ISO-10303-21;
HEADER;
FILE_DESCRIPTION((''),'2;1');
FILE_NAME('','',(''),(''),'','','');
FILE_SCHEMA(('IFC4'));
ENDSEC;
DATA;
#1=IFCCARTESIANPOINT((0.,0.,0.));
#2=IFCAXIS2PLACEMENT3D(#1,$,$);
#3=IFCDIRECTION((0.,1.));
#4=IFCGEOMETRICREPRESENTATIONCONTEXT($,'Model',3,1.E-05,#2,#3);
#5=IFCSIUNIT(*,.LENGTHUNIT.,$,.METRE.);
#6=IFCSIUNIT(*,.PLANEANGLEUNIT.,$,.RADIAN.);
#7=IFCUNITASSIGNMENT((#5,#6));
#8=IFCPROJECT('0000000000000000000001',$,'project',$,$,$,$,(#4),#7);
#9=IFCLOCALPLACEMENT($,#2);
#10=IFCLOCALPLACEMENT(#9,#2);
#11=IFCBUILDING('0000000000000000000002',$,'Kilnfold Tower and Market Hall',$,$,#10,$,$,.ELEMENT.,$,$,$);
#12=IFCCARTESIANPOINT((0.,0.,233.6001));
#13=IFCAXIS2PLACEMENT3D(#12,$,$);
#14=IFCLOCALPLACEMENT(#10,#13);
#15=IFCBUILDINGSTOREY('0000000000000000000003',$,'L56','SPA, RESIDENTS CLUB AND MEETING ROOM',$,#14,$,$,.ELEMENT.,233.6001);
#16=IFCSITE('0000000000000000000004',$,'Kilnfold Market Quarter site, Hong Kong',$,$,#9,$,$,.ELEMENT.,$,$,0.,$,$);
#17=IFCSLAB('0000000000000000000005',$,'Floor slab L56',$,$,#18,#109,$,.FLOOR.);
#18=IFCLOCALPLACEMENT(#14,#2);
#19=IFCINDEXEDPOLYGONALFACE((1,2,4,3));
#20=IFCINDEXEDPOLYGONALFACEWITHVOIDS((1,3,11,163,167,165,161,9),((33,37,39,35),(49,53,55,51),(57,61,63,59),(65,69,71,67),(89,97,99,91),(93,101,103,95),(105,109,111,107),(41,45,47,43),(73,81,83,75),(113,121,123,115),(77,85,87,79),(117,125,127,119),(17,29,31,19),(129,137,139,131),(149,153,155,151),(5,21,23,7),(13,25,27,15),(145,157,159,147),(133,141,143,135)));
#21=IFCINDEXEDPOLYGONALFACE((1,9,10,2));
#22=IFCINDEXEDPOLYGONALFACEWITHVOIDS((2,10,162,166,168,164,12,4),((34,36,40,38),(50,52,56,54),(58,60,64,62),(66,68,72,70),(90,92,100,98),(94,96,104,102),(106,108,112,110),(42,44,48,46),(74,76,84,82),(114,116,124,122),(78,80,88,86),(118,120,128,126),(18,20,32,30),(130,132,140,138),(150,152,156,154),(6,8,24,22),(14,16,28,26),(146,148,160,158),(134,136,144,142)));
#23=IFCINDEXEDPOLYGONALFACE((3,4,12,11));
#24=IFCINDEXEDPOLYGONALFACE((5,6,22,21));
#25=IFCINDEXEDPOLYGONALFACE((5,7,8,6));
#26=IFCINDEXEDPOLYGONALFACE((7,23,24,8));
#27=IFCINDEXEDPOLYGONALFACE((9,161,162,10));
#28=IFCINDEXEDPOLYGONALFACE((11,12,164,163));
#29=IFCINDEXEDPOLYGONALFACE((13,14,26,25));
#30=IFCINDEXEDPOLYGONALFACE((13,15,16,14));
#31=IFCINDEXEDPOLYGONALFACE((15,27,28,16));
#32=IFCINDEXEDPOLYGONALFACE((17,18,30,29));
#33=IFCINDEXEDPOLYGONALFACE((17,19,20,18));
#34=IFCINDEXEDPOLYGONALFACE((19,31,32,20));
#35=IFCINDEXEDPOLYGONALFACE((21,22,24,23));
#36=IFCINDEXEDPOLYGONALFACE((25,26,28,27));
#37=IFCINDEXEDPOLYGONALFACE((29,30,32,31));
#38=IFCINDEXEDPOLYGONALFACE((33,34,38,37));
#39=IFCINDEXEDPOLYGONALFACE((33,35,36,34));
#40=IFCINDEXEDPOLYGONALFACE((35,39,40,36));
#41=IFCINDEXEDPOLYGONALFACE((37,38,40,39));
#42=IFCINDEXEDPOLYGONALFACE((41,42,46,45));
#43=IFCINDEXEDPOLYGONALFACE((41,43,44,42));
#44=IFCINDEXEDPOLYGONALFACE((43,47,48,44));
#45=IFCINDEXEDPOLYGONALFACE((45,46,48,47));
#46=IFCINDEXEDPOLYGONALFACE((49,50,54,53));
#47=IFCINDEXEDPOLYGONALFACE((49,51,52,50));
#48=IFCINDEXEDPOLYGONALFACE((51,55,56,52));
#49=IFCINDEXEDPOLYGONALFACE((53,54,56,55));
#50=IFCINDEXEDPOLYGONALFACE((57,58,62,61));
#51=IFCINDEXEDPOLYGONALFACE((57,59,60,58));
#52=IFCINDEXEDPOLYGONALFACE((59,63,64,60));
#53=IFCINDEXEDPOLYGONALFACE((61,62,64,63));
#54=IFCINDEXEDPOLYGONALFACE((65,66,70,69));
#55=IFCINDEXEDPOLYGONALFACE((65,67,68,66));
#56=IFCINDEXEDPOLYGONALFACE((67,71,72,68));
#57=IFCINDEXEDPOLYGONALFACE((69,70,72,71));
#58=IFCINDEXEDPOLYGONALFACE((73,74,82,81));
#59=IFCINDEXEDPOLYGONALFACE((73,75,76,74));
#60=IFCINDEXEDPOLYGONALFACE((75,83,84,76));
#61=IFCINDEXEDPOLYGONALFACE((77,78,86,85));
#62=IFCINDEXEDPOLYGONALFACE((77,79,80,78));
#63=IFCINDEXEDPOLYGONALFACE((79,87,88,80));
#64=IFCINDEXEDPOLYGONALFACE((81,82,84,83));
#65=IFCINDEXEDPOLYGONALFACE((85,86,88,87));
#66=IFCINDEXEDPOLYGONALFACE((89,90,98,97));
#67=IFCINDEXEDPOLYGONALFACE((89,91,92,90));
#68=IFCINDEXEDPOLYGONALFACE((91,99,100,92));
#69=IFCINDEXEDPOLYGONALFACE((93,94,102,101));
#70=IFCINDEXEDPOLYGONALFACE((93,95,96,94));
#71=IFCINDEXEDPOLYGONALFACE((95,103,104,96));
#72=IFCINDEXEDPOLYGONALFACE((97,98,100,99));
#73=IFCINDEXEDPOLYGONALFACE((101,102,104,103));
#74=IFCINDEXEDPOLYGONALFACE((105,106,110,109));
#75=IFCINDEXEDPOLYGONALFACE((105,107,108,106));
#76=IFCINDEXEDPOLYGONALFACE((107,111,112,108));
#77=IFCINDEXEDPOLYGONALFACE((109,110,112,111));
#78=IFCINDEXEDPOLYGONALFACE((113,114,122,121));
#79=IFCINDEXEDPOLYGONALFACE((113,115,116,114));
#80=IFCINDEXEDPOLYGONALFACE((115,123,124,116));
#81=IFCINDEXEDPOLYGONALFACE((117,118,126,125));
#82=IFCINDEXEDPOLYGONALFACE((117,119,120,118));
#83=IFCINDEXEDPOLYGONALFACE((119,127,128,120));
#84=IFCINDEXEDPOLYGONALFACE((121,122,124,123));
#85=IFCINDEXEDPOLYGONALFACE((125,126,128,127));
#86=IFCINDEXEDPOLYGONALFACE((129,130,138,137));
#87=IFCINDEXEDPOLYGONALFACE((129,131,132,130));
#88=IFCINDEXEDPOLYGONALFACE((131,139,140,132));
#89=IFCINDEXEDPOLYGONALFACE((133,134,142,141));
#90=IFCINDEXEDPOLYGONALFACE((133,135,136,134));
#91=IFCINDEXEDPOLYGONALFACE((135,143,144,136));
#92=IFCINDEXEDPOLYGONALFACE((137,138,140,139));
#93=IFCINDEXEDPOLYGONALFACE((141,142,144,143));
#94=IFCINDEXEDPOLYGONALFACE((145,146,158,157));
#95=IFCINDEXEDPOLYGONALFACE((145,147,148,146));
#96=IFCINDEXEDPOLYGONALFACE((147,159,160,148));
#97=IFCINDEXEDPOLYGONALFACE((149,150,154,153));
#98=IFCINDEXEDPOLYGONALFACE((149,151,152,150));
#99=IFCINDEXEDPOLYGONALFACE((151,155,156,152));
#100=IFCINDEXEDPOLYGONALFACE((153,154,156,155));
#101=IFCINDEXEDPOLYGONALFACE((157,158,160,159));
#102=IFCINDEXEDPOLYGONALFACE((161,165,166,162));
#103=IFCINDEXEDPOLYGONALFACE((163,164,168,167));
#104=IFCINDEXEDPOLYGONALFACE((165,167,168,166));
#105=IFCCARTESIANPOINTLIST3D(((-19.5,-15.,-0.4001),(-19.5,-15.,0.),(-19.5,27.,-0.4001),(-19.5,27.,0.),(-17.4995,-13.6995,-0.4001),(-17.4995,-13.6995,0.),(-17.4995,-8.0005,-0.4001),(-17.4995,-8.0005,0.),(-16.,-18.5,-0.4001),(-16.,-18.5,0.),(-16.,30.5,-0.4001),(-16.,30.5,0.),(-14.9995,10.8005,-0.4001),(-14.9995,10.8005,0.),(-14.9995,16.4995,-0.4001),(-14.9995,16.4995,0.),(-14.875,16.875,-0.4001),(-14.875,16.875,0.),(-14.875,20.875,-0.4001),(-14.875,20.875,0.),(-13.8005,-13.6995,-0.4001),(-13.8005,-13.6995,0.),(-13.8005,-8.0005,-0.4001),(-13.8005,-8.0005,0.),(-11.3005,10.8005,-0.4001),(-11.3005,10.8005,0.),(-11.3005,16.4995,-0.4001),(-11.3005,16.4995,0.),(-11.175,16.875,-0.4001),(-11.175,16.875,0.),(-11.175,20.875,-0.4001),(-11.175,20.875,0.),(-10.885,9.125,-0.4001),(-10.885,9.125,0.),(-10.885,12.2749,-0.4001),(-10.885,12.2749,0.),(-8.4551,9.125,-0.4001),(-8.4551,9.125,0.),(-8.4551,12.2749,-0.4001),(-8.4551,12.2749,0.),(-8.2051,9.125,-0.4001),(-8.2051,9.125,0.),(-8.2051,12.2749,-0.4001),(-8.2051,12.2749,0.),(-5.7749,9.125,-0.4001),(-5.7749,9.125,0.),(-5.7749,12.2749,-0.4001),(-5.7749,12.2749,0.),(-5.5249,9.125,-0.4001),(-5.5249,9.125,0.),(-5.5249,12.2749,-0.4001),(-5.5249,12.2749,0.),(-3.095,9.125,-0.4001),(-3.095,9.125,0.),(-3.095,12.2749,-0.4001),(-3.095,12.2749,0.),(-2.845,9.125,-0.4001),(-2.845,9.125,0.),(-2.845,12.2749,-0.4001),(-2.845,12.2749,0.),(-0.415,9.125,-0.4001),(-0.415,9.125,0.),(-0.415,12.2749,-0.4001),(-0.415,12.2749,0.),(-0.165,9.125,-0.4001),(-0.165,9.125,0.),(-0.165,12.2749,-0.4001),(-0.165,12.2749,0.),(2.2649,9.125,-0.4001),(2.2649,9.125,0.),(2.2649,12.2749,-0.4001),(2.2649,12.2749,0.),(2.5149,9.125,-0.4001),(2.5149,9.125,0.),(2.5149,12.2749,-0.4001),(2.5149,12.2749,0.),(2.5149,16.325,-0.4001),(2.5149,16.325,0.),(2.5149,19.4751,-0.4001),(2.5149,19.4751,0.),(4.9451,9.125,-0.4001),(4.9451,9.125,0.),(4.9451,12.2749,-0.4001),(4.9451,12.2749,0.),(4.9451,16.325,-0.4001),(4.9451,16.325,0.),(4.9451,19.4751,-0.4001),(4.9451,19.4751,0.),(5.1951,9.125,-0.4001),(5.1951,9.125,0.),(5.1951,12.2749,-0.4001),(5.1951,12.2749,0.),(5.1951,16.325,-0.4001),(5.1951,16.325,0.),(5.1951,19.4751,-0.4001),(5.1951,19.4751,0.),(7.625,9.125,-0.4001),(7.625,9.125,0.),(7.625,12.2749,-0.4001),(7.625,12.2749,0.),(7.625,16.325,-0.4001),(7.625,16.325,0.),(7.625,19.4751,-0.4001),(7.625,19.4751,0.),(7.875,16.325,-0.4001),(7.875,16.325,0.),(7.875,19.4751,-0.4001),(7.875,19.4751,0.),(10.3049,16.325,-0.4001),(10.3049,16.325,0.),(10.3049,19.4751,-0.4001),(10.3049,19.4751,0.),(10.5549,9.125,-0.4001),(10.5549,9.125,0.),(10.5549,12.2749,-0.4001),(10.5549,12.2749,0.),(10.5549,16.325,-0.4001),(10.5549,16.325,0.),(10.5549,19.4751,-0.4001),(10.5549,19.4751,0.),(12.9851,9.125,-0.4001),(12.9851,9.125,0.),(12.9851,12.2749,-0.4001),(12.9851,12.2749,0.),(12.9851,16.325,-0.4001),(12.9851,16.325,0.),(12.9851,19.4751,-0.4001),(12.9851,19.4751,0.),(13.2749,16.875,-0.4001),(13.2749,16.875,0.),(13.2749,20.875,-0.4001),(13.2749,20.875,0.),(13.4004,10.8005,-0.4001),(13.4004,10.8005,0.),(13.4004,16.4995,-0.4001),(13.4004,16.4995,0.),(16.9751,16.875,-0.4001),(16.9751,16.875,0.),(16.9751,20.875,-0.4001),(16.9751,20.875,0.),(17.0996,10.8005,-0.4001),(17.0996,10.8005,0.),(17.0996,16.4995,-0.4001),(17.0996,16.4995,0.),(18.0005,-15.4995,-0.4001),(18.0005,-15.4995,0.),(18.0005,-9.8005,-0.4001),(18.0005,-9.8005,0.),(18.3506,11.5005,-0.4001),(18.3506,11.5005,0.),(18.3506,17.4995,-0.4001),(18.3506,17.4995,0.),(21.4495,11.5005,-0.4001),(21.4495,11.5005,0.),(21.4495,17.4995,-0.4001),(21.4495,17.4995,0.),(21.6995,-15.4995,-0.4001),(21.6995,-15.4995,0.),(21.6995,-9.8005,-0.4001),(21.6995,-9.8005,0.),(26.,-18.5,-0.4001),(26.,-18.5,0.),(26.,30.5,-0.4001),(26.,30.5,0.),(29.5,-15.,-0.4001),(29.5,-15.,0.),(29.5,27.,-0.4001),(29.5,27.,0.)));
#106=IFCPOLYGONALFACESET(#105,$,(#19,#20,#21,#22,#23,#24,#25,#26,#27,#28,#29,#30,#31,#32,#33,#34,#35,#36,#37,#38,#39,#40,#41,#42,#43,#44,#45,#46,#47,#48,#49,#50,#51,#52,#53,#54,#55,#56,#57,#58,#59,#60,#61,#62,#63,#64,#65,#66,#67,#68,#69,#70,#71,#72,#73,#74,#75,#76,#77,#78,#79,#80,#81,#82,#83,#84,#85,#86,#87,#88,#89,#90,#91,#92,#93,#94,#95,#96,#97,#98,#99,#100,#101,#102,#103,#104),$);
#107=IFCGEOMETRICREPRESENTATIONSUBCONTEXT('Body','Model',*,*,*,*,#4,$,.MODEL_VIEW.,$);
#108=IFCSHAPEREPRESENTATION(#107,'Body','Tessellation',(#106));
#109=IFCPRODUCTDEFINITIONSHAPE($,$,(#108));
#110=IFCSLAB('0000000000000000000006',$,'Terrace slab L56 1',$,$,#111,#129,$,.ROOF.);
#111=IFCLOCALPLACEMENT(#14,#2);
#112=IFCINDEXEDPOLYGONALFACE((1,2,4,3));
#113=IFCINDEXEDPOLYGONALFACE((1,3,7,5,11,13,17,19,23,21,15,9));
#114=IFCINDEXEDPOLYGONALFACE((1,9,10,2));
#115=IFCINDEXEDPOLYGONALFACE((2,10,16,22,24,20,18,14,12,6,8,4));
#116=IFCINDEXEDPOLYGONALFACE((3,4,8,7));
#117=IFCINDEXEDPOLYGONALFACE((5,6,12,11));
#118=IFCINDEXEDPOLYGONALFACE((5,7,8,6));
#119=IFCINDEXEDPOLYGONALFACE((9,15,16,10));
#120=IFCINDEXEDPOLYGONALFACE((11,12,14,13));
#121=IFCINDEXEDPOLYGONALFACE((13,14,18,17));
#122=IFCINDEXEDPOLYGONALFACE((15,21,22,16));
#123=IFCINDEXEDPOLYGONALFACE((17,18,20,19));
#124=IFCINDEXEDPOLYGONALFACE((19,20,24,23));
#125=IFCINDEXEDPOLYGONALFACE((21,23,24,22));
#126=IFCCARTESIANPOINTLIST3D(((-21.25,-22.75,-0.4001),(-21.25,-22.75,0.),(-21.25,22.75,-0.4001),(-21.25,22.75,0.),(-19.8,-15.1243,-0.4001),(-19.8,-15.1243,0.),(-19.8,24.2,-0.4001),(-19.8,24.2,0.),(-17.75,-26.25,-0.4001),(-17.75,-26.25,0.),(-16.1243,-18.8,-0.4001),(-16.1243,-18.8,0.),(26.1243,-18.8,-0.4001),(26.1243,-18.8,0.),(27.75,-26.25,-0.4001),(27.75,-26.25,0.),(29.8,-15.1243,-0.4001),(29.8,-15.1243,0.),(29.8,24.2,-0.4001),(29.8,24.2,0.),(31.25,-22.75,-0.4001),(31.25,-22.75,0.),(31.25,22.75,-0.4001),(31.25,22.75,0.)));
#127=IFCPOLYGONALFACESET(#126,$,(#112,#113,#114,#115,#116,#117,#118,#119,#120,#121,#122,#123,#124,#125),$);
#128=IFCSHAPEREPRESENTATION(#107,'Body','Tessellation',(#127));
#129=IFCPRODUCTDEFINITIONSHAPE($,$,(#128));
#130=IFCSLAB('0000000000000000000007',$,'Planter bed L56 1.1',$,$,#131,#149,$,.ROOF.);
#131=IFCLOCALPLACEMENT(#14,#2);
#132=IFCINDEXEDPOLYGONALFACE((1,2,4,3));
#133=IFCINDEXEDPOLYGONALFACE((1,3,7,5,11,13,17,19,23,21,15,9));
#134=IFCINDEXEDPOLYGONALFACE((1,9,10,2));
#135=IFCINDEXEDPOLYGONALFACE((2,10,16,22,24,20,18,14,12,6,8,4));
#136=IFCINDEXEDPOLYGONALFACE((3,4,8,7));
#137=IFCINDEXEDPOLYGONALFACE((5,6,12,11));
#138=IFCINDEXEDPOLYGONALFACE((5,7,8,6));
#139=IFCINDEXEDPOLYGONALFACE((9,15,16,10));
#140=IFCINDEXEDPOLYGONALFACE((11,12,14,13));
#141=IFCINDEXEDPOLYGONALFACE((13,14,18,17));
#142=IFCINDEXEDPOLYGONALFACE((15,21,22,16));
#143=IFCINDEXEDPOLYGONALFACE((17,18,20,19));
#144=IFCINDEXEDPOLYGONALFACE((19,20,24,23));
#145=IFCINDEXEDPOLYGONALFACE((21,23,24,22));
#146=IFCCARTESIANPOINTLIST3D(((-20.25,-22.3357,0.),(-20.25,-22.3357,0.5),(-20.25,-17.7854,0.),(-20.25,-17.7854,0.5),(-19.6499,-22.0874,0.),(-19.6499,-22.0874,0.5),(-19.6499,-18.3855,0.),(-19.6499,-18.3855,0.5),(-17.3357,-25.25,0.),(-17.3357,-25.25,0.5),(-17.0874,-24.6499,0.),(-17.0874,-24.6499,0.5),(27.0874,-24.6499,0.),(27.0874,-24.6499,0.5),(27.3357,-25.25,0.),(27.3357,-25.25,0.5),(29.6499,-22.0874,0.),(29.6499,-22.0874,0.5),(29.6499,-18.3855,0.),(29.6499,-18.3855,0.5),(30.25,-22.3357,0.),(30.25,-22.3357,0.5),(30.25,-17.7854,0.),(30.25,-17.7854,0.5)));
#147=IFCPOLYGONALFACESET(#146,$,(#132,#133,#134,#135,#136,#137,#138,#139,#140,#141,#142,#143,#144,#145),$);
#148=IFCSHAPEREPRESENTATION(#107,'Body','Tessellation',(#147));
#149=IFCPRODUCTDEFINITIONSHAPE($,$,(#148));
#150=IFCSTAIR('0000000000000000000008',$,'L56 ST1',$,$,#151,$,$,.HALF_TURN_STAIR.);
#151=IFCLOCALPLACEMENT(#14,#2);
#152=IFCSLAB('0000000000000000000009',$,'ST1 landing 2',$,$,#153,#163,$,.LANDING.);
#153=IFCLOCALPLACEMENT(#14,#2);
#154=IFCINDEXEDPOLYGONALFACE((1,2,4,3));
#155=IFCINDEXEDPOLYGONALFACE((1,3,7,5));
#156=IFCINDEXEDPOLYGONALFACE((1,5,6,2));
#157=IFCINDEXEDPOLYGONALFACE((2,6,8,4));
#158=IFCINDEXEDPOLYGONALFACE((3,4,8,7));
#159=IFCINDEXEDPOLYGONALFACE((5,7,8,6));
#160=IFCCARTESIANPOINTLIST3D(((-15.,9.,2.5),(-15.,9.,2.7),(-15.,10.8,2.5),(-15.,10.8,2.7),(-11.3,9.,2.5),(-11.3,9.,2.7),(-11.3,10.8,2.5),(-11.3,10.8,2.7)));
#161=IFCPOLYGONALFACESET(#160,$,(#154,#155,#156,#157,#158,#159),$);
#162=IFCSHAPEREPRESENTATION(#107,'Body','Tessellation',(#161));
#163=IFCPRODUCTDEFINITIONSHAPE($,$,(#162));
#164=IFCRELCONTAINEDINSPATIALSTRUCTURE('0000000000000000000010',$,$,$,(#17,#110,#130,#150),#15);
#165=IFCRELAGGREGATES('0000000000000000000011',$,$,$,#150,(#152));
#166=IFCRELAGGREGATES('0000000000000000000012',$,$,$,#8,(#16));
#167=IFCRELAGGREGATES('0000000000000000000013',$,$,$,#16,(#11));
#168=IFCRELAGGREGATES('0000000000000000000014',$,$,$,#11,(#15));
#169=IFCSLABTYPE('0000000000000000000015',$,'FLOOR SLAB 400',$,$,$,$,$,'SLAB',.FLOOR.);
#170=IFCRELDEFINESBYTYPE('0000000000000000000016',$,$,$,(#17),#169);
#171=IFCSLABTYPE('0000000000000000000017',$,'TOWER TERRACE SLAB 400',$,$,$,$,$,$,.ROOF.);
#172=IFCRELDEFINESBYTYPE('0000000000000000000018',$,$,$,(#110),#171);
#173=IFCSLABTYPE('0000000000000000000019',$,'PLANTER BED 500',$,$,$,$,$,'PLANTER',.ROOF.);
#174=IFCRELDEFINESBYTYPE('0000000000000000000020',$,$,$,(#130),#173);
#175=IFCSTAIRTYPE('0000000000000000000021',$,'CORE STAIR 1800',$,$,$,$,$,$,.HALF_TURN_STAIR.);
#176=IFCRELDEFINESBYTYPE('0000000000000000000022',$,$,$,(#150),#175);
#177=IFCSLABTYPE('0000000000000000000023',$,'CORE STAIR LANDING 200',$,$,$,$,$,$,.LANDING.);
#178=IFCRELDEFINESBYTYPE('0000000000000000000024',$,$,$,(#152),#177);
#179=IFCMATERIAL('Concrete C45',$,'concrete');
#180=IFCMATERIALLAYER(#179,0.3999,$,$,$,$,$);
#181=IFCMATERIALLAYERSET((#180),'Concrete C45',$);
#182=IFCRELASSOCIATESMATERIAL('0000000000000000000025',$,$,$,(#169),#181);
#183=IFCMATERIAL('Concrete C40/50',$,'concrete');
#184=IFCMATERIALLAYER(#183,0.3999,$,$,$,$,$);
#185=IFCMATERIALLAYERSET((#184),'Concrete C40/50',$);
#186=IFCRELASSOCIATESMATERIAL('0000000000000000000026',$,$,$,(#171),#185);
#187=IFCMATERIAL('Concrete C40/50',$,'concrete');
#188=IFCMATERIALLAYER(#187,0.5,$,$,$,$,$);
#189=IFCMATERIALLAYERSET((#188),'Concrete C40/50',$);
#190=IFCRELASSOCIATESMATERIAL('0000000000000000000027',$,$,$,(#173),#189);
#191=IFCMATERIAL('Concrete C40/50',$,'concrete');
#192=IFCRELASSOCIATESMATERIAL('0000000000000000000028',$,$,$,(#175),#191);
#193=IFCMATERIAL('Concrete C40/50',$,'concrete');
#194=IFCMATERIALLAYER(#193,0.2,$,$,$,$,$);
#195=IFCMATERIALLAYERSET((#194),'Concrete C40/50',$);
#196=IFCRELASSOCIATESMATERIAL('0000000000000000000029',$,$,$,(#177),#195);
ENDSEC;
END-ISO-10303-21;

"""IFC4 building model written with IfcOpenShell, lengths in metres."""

from ifc_helpers import new_model, si_unit, direction, frame, origin, place, context, subcontext, project, spatial, polyline, outline, extrude, source, transform, mapped, material, layer, layer_set, type_object, element, aggregate, save


model = new_model("IFC4")

# Units and contexts
model_context = context("Model", 3, precision=1e-05, world=origin(), true_north=direction((0.0, 1.0)))
body_context = subcontext(model_context, "Body", "Model", "MODEL_VIEW")
ifc_project = project(units=[si_unit("LENGTHUNIT", "METRE"), si_unit("PLANEANGLEUNIT", "RADIAN")], contexts=[model_context])

# Site, building, storey
site_placement = place(None, origin())
site = spatial("IfcSite", under=ifc_project, at=site_placement, Name="Kilnfold Market Quarter site, Hong Kong", CompositionType="ELEMENT", RefElevation=0.0)
building_placement = place(site_placement, origin())
building = spatial("IfcBuilding", under=site, at=building_placement, Name="Kilnfold Tower and Market Hall", CompositionType="ELEMENT")
storey_placement = place(building_placement, frame((0.0, 0.0, 233.6001)))
storey = spatial("IfcBuildingStorey", under=building, at=storey_placement, Name="L56", Description="SPA, RESIDENTS CLUB AND MEETING ROOM", CompositionType="ELEMENT", Elevation=233.6001)

# Slabs
ifc_material_1 = material(Name="Concrete C45", Category="concrete")
ifc_layer_1 = layer(ifc_material_1, 0.3999)
ifc_layer_set_1 = layer_set([ifc_layer_1], Name="Concrete C45")
slab_type_1 = type_object("IfcSlabType", Name="FLOOR SLAB 400", ElementType="SLAB", PredefinedType="FLOOR", material=ifc_layer_set_1)
shared_shape_1 = source(origin(), body_context, "Body", "SweptSolid", [
    extrude(outline(polyline([(-16.0, -18.5), (26.0, -18.5), (29.5, -15.0), (29.5, 27.0), (26.0, 30.5), (-16.0, 30.5), (-19.5, 27.0), (-19.5, -15.0), (-16.0, -18.5)]), holes=[polyline([(-13.8005, -13.6995), (-17.4995, -13.6995), (-17.4995, -8.0005), (-13.8005, -8.0005), (-13.8005, -13.6995)]), polyline([(-14.9995, 10.8005), (-14.9995, 16.4995), (-11.3005, 16.4995), (-11.3005, 10.8005), (-14.9995, 10.8005)]), polyline([(-11.175, 16.875), (-14.875, 16.875), (-14.875, 20.875), (-11.175, 20.875), (-11.175, 16.875)]), polyline([(-8.4551, 9.125), (-10.885, 9.125), (-10.885, 12.2749), (-8.4551, 12.2749), (-8.4551, 9.125)]), polyline([(-5.7749, 9.125), (-8.2051, 9.125), (-8.2051, 12.2749), (-5.7749, 12.2749), (-5.7749, 9.125)]), polyline([(-3.095, 9.125), (-5.5249, 9.125), (-5.5249, 12.2749), (-3.095, 12.2749), (-3.095, 9.125)]), polyline([(-0.415, 9.125), (-2.845, 9.125), (-2.845, 12.2749), (-0.415, 12.2749), (-0.415, 9.125)]), polyline([(2.2649, 9.125), (-0.165, 9.125), (-0.165, 12.2749), (2.2649, 12.2749), (2.2649, 9.125)]), polyline([(4.9451, 9.125), (2.5149, 9.125), (2.5149, 12.2749), (4.9451, 12.2749), (4.9451, 9.125)]), polyline([(2.5149, 16.325), (2.5149, 19.4751), (4.9451, 19.4751), (4.9451, 16.325), (2.5149, 16.325)]), polyline([(7.625, 9.125), (5.1951, 9.125), (5.1951, 12.2749), (7.625, 12.2749), (7.625, 9.125)]), polyline([(7.625, 16.325), (5.1951, 16.325), (5.1951, 19.4751), (7.625, 19.4751), (7.625, 16.325)]), polyline([(10.3049, 16.325), (7.875, 16.325), (7.875, 19.4751), (10.3049, 19.4751), (10.3049, 16.325)]), polyline([(10.5549, 9.125), (10.5549, 12.2749), (12.9851, 12.2749), (12.9851, 9.125), (10.5549, 9.125)]), polyline([(10.5549, 16.325), (10.5549, 19.4751), (12.9851, 19.4751), (12.9851, 16.325), (10.5549, 16.325)]), polyline([(13.2749, 16.875), (13.2749, 20.875), (16.9751, 20.875), (16.9751, 16.875), (13.2749, 16.875)]), polyline([(13.4004, 10.8005), (13.4004, 16.4995), (17.0996, 16.4995), (17.0996, 10.8005), (13.4004, 10.8005)]), polyline([(18.0005, -9.8005), (21.6995, -9.8005), (21.6995, -15.4995), (18.0005, -15.4995), (18.0005, -9.8005)]), polyline([(21.4495, 11.5005), (18.3506, 11.5005), (18.3506, 17.4995), (21.4495, 17.4995), (21.4495, 11.5005)])]), origin(), (0.0, 0.0, 1.0), 0.4001),
])
slab_1_placement = place(storey_placement, frame((0.0, 0.0, -0.4001)))
element("IfcSlab", 1, at=slab_1_placement, inside=storey, type_object=slab_type_1, Name="Floor slab L56", PredefinedType="FLOOR", context=body_context, shape_type="MappedRepresentation", body=[
    mapped(shared_shape_1, transform((0.0, 0.0, 0.0))),
])
ifc_material_2 = material(Name="Concrete C40/50", Category="concrete")
ifc_layer_2 = layer(ifc_material_2, 0.3999)
ifc_layer_set_2 = layer_set([ifc_layer_2], Name="Concrete C40/50")
slab_type_2 = type_object("IfcSlabType", Name="TOWER TERRACE SLAB 400", PredefinedType="ROOF", material=ifc_layer_set_2)
shared_shape_2 = source(origin(), body_context, "Body", "SweptSolid", [
    extrude(outline(polyline([(31.25, 22.75), (31.25, -22.75), (27.75, -26.25), (-17.75, -26.25), (-21.25, -22.75), (-21.25, 22.75), (-19.8, 24.2), (-19.8, -15.1243), (-16.1243, -18.8), (26.1243, -18.8), (29.8, -15.1243), (29.8, 24.2), (31.25, 22.75)])), origin(), (0.0, 0.0, 1.0), 0.4001),
])
slab_2_placement = place(storey_placement, frame((0.0, 0.0, -0.4001)))
element("IfcSlab", 2, at=slab_2_placement, inside=storey, type_object=slab_type_2, Name="Terrace slab L56 1", PredefinedType="ROOF", context=body_context, shape_type="MappedRepresentation", body=[
    mapped(shared_shape_2, transform((0.0, 0.0, 0.0))),
])
ifc_material_3 = material(Name="Concrete C40/50", Category="concrete")
ifc_layer_3 = layer(ifc_material_3, 0.5)
ifc_layer_set_3 = layer_set([ifc_layer_3], Name="Concrete C40/50")
slab_type_3 = type_object("IfcSlabType", Name="PLANTER BED 500", ElementType="PLANTER", PredefinedType="ROOF", material=ifc_layer_set_3)
shared_shape_3 = source(origin(), body_context, "Body", "SweptSolid", [
    extrude(outline(polyline([(30.25, -22.3357), (27.3357, -25.25), (-17.3357, -25.25), (-20.25, -22.3357), (-20.25, -17.7854), (-19.6499, -18.3855), (-19.6499, -22.0874), (-17.0874, -24.6499), (27.0874, -24.6499), (29.6499, -22.0874), (29.6499, -18.3855), (30.25, -17.7854), (30.25, -22.3357)])), origin(), (0.0, 0.0, 1.0), 0.5),
])
slab_3_placement = place(storey_placement, origin())
element("IfcSlab", 3, at=slab_3_placement, inside=storey, type_object=slab_type_3, Name="Planter bed L56 1.1", PredefinedType="ROOF", context=body_context, shape_type="MappedRepresentation", body=[
    mapped(shared_shape_3, transform((0.0, 0.0, 0.0))),
])

# Stair, slab
ifc_material_4 = material(Name="Concrete C40/50", Category="concrete")
stair_type_1 = type_object("IfcStairType", Name="CORE STAIR 1800", PredefinedType="HALF_TURN_STAIR", material=ifc_material_4)
stair_1_placement = place(storey_placement, origin())
stair_1 = element("IfcStair", 4, at=stair_1_placement, inside=storey, type_object=stair_type_1, Name="L56 ST1", PredefinedType="HALF_TURN_STAIR")
ifc_material_5 = material(Name="Concrete C40/50", Category="concrete")
ifc_layer_4 = layer(ifc_material_5, 0.2)
ifc_layer_set_4 = layer_set([ifc_layer_4], Name="Concrete C40/50")
slab_type_4 = type_object("IfcSlabType", Name="CORE STAIR LANDING 200", PredefinedType="LANDING", material=ifc_layer_set_4)
shared_shape_4 = source(origin(), body_context, "Body", "SweptSolid", [
    extrude(outline(polyline([(-11.3, 9.0), (-11.3, 10.8), (-15.0, 10.8), (-15.0, 9.0), (-11.3, 9.0)])), origin(), (0.0, 0.0, 1.0), 0.2),
])
slab_4_placement = place(storey_placement, frame((0.0, 0.0, 2.5)))
slab_4 = element("IfcSlab", 5, at=slab_4_placement, type_object=slab_type_4, Name="ST1 landing 2", PredefinedType="LANDING", context=body_context, shape_type="MappedRepresentation", body=[
    mapped(shared_shape_4, transform((0.0, 0.0, 0.0))),
])
aggregate(stair_1, [slab_4])

save(model, "model.ifc")
